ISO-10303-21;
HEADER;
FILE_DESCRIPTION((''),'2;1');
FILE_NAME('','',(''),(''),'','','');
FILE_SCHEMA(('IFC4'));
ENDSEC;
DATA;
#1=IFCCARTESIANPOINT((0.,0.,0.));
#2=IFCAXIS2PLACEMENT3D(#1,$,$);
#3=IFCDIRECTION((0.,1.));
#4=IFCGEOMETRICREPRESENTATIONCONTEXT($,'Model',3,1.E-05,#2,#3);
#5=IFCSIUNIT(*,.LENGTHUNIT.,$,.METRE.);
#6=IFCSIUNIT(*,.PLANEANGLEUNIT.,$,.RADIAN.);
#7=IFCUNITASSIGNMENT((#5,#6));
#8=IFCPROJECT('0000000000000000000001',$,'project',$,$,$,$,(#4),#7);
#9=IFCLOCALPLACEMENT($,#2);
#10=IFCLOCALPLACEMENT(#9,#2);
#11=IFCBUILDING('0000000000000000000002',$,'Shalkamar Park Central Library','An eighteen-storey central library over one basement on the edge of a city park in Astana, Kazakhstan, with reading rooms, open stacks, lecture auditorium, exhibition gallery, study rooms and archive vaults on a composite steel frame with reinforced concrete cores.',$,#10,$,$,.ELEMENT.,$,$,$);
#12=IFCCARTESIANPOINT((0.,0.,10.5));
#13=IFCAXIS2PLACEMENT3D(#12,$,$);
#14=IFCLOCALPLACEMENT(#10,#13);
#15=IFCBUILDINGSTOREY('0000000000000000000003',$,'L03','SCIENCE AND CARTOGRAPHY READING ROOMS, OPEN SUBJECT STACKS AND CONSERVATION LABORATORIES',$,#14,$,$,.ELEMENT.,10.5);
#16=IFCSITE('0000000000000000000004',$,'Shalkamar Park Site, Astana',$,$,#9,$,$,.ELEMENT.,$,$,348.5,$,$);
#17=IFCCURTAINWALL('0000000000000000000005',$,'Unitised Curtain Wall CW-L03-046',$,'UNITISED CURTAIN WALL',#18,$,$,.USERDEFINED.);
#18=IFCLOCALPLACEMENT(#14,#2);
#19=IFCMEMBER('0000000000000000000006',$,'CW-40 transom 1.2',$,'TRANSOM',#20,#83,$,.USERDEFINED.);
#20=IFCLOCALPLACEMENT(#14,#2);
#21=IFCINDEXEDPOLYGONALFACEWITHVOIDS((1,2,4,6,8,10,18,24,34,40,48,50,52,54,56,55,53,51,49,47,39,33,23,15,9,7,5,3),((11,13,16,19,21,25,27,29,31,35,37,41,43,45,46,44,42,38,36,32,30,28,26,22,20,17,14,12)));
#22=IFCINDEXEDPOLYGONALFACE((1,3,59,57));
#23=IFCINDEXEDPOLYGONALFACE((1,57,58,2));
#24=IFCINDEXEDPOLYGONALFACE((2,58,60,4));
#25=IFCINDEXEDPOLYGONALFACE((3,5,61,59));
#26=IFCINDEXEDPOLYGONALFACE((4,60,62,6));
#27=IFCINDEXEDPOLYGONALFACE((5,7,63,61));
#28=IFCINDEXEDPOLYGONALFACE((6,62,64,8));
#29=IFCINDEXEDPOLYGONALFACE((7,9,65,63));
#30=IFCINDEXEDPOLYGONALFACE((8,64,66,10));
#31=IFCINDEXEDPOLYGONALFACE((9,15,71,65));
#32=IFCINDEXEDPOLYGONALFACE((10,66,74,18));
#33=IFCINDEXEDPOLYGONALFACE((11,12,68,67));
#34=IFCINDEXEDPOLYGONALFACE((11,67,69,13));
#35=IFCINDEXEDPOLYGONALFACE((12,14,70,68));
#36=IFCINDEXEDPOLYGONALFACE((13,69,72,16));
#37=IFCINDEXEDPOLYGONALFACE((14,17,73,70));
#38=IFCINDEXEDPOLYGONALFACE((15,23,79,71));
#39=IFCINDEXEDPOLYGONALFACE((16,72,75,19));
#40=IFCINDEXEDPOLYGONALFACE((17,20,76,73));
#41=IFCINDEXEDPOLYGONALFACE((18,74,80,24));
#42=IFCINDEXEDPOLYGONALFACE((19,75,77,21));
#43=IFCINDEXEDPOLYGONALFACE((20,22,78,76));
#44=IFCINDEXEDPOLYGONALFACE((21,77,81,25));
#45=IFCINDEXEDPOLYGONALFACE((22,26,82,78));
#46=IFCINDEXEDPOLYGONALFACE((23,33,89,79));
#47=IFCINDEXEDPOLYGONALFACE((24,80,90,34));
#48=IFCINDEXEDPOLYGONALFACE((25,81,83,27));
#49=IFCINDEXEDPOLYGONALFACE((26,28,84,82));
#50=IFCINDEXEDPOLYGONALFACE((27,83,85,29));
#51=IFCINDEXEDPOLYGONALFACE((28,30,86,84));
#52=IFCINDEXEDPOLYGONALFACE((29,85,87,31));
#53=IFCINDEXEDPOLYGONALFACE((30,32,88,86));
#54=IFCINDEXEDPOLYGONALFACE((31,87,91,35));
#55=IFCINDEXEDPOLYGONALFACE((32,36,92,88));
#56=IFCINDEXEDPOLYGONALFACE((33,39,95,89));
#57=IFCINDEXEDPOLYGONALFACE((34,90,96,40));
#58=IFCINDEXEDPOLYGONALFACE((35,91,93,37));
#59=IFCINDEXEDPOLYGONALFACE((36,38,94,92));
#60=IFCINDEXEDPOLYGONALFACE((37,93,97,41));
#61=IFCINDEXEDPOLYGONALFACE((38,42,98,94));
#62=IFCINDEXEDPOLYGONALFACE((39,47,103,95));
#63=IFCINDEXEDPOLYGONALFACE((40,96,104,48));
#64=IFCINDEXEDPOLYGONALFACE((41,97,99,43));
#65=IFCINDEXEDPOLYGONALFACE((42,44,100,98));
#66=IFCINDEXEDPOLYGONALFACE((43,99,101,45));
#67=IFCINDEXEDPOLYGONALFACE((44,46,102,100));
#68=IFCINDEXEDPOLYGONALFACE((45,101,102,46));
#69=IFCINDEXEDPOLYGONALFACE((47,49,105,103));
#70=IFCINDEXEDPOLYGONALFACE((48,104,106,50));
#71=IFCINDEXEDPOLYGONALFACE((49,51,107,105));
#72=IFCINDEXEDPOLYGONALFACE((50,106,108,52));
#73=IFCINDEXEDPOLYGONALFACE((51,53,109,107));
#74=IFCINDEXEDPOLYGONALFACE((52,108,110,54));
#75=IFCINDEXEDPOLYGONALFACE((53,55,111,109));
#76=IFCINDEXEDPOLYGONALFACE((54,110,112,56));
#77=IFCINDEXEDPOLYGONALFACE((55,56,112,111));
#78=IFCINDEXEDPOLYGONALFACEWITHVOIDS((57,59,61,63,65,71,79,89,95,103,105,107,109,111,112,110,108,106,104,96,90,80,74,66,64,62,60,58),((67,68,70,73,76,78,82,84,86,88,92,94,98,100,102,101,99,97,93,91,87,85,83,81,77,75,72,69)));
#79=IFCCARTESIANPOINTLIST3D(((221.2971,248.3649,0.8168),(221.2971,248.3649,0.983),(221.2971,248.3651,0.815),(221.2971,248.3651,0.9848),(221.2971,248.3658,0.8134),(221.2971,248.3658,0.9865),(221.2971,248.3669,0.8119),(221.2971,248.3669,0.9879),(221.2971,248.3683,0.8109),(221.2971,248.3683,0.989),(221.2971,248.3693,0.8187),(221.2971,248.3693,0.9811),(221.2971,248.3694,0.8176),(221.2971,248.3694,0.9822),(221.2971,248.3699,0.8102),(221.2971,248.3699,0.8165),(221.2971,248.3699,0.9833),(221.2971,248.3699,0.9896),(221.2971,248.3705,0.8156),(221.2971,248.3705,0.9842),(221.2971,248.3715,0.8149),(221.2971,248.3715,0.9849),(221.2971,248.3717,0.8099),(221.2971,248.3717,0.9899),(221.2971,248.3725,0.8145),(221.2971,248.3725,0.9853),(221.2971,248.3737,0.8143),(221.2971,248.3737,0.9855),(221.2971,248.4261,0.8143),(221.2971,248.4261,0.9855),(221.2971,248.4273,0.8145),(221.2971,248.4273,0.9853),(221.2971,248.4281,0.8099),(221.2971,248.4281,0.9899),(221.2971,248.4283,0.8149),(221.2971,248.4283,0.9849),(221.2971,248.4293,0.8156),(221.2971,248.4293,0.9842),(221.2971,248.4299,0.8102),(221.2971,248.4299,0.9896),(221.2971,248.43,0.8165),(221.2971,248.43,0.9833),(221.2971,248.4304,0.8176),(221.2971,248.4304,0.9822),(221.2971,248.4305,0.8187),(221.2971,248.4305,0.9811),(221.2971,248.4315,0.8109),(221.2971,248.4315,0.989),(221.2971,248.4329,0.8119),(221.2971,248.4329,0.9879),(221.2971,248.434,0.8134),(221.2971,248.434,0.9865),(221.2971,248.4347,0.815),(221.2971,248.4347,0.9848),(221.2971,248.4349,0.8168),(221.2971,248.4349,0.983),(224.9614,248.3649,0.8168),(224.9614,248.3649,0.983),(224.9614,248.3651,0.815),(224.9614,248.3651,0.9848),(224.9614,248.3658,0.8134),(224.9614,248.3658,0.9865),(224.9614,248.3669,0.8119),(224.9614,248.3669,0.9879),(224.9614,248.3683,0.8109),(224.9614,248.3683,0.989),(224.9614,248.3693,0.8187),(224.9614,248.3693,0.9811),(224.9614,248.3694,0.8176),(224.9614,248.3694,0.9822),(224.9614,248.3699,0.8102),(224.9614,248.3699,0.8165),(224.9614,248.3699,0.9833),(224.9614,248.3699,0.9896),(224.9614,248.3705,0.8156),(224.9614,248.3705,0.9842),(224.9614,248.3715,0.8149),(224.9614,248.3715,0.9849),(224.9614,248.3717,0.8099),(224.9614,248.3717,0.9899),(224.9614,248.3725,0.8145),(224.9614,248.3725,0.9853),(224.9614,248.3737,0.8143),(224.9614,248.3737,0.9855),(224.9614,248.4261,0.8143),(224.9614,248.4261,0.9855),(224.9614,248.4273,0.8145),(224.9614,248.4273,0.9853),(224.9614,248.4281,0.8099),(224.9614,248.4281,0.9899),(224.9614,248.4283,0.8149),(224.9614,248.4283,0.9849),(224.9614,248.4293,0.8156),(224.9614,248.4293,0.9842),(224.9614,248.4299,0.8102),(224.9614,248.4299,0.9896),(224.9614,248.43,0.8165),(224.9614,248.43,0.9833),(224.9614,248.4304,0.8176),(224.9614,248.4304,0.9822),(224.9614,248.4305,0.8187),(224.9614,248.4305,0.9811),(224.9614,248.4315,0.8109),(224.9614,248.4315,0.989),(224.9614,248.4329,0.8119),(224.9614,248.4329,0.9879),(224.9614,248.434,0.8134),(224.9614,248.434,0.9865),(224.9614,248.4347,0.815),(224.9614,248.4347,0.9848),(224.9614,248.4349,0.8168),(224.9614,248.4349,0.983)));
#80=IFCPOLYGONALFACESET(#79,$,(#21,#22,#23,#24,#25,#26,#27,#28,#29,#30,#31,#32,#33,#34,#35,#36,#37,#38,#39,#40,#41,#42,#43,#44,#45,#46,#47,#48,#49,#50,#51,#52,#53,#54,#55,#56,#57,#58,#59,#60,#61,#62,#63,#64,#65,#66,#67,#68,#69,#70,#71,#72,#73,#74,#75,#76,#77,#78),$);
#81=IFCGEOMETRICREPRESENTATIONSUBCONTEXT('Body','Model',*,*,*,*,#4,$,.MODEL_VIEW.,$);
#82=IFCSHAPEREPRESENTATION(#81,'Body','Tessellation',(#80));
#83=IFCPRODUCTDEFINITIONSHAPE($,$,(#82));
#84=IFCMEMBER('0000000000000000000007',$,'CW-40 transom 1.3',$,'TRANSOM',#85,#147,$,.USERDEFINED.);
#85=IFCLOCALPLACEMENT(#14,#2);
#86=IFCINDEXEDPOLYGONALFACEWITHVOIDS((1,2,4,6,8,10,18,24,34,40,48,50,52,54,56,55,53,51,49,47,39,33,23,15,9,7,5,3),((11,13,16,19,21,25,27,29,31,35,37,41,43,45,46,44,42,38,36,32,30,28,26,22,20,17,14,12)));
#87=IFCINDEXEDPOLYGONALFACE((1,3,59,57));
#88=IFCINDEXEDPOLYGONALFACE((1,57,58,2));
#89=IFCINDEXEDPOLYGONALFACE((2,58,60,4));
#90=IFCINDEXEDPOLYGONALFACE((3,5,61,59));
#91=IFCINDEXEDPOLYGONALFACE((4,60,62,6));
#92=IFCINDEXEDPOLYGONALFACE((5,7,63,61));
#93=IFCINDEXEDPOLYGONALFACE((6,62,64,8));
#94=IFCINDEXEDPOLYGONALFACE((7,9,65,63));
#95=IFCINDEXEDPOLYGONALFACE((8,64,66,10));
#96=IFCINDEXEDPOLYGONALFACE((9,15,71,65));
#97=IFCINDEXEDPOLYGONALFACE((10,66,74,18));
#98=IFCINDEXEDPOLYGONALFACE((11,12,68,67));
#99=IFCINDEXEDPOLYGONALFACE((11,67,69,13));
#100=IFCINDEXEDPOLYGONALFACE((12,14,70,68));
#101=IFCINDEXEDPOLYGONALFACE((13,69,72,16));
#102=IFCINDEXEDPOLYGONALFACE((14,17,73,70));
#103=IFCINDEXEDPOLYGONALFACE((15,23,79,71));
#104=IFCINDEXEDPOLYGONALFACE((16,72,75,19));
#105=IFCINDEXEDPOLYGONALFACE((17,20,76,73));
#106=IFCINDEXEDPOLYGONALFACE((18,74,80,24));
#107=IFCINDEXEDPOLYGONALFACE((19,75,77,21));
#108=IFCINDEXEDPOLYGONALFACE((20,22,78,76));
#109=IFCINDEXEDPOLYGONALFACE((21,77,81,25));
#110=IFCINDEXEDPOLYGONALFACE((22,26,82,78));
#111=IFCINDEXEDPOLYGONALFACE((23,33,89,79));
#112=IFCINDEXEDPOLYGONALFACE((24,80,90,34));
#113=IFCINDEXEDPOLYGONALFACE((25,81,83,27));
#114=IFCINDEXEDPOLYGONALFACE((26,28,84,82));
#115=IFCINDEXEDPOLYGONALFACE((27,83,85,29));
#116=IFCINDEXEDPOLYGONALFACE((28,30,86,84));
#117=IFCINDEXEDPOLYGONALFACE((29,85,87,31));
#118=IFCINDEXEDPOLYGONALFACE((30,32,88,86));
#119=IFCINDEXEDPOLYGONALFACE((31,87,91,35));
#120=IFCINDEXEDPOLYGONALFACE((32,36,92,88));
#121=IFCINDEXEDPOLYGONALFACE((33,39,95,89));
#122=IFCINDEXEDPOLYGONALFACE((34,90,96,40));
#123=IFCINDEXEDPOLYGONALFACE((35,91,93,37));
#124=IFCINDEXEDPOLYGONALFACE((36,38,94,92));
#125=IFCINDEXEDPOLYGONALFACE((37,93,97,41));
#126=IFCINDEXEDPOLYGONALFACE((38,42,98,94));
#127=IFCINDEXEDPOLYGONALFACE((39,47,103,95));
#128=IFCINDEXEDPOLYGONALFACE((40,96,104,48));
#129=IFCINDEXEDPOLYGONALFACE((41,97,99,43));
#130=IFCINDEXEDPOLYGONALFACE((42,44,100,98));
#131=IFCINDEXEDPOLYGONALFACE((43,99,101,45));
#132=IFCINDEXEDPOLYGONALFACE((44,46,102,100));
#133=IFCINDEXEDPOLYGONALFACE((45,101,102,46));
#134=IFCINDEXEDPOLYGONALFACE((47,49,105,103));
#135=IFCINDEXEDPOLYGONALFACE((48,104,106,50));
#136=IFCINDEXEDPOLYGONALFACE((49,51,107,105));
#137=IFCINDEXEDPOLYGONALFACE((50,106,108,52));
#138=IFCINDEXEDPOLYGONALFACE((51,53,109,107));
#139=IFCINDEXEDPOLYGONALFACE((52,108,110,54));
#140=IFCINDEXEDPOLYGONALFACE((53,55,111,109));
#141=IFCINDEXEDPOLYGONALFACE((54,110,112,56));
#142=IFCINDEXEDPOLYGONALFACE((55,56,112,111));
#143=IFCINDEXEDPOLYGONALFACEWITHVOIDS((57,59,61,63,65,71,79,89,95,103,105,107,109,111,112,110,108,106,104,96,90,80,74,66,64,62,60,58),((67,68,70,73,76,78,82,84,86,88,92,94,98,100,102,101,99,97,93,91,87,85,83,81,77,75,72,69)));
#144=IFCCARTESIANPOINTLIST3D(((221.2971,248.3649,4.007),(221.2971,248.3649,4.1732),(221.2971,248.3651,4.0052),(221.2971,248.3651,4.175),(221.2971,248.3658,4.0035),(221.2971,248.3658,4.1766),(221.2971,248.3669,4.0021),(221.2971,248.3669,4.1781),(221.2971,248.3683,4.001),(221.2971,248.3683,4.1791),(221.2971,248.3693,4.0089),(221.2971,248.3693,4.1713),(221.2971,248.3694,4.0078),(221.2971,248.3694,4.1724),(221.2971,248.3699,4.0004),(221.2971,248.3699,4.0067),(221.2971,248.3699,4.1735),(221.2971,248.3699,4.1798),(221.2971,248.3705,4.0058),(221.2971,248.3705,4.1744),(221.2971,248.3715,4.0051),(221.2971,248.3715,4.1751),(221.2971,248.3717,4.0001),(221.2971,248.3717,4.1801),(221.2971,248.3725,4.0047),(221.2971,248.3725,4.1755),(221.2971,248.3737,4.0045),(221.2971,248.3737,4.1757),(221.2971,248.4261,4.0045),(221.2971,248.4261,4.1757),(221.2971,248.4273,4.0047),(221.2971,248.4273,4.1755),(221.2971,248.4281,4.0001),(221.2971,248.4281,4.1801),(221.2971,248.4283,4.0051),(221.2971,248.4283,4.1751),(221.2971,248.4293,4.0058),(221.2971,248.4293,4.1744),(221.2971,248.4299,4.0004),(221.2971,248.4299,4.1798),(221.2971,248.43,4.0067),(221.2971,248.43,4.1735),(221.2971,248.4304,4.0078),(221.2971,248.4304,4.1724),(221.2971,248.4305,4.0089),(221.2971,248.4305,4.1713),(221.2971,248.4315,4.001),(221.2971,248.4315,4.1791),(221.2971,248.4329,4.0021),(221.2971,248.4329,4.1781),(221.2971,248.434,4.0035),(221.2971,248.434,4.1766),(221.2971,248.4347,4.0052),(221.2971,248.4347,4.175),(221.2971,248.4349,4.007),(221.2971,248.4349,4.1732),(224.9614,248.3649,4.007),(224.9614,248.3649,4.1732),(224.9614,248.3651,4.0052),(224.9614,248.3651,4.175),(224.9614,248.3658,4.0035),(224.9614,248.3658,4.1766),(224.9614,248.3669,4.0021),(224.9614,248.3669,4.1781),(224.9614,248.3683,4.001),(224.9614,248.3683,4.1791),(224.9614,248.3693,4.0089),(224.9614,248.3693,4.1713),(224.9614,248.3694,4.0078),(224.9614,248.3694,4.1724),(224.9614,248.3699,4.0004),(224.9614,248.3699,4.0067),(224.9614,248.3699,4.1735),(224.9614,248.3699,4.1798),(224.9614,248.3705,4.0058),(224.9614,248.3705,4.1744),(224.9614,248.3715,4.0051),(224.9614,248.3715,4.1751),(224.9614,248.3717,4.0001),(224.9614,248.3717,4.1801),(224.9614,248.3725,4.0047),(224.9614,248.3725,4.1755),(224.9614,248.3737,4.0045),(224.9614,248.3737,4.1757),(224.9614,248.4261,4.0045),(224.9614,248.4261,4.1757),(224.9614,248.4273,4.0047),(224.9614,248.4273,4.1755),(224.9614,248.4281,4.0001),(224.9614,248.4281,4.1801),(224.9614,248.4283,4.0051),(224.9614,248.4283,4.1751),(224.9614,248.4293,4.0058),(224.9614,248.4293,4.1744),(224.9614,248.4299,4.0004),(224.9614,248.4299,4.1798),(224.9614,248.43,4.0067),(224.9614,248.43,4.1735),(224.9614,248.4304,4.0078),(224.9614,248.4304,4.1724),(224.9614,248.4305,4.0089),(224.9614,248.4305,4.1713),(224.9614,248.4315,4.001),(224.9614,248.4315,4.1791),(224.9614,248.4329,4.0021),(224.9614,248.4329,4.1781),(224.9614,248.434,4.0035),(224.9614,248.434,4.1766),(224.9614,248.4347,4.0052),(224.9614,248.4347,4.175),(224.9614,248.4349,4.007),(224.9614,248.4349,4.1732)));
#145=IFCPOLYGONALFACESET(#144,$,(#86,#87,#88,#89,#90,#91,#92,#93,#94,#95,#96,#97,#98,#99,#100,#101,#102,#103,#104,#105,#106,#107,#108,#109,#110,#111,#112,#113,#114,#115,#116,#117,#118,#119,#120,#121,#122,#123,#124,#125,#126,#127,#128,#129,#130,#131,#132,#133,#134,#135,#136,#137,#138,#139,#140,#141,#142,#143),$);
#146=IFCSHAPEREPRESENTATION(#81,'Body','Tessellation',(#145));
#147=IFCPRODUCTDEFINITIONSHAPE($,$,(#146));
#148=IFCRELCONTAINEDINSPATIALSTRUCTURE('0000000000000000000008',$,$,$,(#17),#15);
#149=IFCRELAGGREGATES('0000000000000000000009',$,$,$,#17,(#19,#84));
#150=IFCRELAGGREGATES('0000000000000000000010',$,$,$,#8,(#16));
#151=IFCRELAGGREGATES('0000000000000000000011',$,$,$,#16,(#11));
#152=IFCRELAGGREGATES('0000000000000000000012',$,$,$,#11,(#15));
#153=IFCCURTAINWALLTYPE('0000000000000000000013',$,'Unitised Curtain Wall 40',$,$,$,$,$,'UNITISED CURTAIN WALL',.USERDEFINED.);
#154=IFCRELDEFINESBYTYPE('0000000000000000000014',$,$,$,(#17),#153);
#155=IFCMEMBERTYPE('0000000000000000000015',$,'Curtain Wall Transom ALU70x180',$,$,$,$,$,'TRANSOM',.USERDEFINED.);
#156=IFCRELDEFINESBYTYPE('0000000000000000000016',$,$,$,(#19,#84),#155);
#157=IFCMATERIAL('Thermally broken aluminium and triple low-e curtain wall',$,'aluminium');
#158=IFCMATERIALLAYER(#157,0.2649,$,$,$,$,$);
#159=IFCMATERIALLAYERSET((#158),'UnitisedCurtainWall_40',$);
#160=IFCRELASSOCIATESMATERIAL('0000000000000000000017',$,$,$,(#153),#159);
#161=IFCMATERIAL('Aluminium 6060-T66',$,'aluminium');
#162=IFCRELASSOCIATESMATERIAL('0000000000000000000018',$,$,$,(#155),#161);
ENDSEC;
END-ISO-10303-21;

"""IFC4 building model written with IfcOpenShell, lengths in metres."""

from ifc_helpers import new_model, si_unit, direction, frame, origin, origin_2d, place, context, subcontext, project, spatial, hollow_rectangle, extrude, material, layer, layer_set, material_profile, profile_set, type_object, element, aggregate, save


model = new_model("IFC4")

# Units and contexts
model_context = context("Model", 3, precision=1e-05, world=origin(), true_north=direction((0.0, 1.0)))
body_context = subcontext(model_context, "Body", "Model", "MODEL_VIEW")
ifc_project = project(units=[si_unit("LENGTHUNIT", "METRE"), si_unit("PLANEANGLEUNIT", "RADIAN")], contexts=[model_context])

# Site, building, storey
site_placement = place(None, origin())
site = spatial("IfcSite", under=ifc_project, at=site_placement, Name="Shalkamar Park Site, Astana", CompositionType="ELEMENT", RefElevation=348.5)
building_placement = place(site_placement, origin())
building = spatial("IfcBuilding", under=site, at=building_placement, Name="Shalkamar Park Central Library", Description="An eighteen-storey central library over one basement on the edge of a city park in Astana, Kazakhstan, with reading rooms, open stacks, lecture auditorium, exhibition gallery, study rooms and archive vaults on a composite steel frame with reinforced concrete cores.", CompositionType="ELEMENT")
storey_placement = place(building_placement, frame((0.0, 0.0, 10.5)))
storey = spatial("IfcBuildingStorey", under=building, at=storey_placement, Name="L03", Description="SCIENCE AND CARTOGRAPHY READING ROOMS, OPEN SUBJECT STACKS AND CONSERVATION LABORATORIES", CompositionType="ELEMENT", Elevation=10.5)

# Curtain wall, members
ifc_material_1 = material(Name="Thermally broken aluminium and triple low-e curtain wall", Category="aluminium")
ifc_layer_1 = layer(ifc_material_1, 0.2649)
ifc_layer_set_1 = layer_set([ifc_layer_1], Name="UnitisedCurtainWall_40")
curtain_wall_type = type_object("IfcCurtainWallType", Name="Unitised Curtain Wall 40", ElementType="UNITISED CURTAIN WALL", PredefinedType="USERDEFINED", material=ifc_layer_set_1)
curtain_wall_placement = place(storey_placement, origin())
curtain_wall = element("IfcCurtainWall", 1, at=curtain_wall_placement, inside=storey, type_object=curtain_wall_type, Name="Unitised Curtain Wall CW-L03-046", ObjectType="UNITISED CURTAIN WALL", PredefinedType="USERDEFINED")
ifc_material_2 = material(Name="Aluminium 6060-T66", Category="aluminium")
ifc_material_profile_1 = material_profile(ifc_material_2, hollow_rectangle(XDim=0.0701, YDim=0.1799, WallThickness=0.0044, InnerFilletRadius=0.0044, OuterFilletRadius=0.0068, at=origin_2d()), Name="ALU 70x180x4.5")
ifc_profile_set_1 = profile_set([ifc_material_profile_1], Name="Aluminium 6060-T66")
member_type_1 = type_object("IfcMemberType", Name="Curtain Wall Transom ALU70x180", ElementType="TRANSOM", PredefinedType="USERDEFINED", material=ifc_profile_set_1)
member_1_placement = place(storey_placement, frame((221.2971, 248.3999, 0.8999), z_axis=(1.0, 0.0, 0.0), x_axis=(0.0, 1.0, 0.0)))
member_1 = element("IfcMember", 2, at=member_1_placement, type_object=member_type_1, Name="CW-40 transom 1.2", ObjectType="TRANSOM", PredefinedType="USERDEFINED", context=body_context, shape_type="SweptSolid", body=[
    extrude(hollow_rectangle(XDim=0.0701, YDim=0.1799, WallThickness=0.0044, InnerFilletRadius=0.0044, OuterFilletRadius=0.0068, at=origin_2d()), origin(), (0.0, 0.0, 1.0), 3.6643),
])
member_2_placement = place(storey_placement, frame((221.2971, 248.3999, 4.0901), z_axis=(1.0, 0.0, 0.0), x_axis=(0.0, 1.0, 0.0)))
member_2 = element("IfcMember", 3, at=member_2_placement, type_object=member_type_1, Name="CW-40 transom 1.3", ObjectType="TRANSOM", PredefinedType="USERDEFINED", context=body_context, shape_type="SweptSolid", body=[
    extrude(hollow_rectangle(XDim=0.0701, YDim=0.1799, WallThickness=0.0044, InnerFilletRadius=0.0044, OuterFilletRadius=0.0068, at=origin_2d()), origin(), (0.0, 0.0, 1.0), 3.6643),
])
aggregate(curtain_wall, [member_1, member_2])

save(model, "model.ifc")
